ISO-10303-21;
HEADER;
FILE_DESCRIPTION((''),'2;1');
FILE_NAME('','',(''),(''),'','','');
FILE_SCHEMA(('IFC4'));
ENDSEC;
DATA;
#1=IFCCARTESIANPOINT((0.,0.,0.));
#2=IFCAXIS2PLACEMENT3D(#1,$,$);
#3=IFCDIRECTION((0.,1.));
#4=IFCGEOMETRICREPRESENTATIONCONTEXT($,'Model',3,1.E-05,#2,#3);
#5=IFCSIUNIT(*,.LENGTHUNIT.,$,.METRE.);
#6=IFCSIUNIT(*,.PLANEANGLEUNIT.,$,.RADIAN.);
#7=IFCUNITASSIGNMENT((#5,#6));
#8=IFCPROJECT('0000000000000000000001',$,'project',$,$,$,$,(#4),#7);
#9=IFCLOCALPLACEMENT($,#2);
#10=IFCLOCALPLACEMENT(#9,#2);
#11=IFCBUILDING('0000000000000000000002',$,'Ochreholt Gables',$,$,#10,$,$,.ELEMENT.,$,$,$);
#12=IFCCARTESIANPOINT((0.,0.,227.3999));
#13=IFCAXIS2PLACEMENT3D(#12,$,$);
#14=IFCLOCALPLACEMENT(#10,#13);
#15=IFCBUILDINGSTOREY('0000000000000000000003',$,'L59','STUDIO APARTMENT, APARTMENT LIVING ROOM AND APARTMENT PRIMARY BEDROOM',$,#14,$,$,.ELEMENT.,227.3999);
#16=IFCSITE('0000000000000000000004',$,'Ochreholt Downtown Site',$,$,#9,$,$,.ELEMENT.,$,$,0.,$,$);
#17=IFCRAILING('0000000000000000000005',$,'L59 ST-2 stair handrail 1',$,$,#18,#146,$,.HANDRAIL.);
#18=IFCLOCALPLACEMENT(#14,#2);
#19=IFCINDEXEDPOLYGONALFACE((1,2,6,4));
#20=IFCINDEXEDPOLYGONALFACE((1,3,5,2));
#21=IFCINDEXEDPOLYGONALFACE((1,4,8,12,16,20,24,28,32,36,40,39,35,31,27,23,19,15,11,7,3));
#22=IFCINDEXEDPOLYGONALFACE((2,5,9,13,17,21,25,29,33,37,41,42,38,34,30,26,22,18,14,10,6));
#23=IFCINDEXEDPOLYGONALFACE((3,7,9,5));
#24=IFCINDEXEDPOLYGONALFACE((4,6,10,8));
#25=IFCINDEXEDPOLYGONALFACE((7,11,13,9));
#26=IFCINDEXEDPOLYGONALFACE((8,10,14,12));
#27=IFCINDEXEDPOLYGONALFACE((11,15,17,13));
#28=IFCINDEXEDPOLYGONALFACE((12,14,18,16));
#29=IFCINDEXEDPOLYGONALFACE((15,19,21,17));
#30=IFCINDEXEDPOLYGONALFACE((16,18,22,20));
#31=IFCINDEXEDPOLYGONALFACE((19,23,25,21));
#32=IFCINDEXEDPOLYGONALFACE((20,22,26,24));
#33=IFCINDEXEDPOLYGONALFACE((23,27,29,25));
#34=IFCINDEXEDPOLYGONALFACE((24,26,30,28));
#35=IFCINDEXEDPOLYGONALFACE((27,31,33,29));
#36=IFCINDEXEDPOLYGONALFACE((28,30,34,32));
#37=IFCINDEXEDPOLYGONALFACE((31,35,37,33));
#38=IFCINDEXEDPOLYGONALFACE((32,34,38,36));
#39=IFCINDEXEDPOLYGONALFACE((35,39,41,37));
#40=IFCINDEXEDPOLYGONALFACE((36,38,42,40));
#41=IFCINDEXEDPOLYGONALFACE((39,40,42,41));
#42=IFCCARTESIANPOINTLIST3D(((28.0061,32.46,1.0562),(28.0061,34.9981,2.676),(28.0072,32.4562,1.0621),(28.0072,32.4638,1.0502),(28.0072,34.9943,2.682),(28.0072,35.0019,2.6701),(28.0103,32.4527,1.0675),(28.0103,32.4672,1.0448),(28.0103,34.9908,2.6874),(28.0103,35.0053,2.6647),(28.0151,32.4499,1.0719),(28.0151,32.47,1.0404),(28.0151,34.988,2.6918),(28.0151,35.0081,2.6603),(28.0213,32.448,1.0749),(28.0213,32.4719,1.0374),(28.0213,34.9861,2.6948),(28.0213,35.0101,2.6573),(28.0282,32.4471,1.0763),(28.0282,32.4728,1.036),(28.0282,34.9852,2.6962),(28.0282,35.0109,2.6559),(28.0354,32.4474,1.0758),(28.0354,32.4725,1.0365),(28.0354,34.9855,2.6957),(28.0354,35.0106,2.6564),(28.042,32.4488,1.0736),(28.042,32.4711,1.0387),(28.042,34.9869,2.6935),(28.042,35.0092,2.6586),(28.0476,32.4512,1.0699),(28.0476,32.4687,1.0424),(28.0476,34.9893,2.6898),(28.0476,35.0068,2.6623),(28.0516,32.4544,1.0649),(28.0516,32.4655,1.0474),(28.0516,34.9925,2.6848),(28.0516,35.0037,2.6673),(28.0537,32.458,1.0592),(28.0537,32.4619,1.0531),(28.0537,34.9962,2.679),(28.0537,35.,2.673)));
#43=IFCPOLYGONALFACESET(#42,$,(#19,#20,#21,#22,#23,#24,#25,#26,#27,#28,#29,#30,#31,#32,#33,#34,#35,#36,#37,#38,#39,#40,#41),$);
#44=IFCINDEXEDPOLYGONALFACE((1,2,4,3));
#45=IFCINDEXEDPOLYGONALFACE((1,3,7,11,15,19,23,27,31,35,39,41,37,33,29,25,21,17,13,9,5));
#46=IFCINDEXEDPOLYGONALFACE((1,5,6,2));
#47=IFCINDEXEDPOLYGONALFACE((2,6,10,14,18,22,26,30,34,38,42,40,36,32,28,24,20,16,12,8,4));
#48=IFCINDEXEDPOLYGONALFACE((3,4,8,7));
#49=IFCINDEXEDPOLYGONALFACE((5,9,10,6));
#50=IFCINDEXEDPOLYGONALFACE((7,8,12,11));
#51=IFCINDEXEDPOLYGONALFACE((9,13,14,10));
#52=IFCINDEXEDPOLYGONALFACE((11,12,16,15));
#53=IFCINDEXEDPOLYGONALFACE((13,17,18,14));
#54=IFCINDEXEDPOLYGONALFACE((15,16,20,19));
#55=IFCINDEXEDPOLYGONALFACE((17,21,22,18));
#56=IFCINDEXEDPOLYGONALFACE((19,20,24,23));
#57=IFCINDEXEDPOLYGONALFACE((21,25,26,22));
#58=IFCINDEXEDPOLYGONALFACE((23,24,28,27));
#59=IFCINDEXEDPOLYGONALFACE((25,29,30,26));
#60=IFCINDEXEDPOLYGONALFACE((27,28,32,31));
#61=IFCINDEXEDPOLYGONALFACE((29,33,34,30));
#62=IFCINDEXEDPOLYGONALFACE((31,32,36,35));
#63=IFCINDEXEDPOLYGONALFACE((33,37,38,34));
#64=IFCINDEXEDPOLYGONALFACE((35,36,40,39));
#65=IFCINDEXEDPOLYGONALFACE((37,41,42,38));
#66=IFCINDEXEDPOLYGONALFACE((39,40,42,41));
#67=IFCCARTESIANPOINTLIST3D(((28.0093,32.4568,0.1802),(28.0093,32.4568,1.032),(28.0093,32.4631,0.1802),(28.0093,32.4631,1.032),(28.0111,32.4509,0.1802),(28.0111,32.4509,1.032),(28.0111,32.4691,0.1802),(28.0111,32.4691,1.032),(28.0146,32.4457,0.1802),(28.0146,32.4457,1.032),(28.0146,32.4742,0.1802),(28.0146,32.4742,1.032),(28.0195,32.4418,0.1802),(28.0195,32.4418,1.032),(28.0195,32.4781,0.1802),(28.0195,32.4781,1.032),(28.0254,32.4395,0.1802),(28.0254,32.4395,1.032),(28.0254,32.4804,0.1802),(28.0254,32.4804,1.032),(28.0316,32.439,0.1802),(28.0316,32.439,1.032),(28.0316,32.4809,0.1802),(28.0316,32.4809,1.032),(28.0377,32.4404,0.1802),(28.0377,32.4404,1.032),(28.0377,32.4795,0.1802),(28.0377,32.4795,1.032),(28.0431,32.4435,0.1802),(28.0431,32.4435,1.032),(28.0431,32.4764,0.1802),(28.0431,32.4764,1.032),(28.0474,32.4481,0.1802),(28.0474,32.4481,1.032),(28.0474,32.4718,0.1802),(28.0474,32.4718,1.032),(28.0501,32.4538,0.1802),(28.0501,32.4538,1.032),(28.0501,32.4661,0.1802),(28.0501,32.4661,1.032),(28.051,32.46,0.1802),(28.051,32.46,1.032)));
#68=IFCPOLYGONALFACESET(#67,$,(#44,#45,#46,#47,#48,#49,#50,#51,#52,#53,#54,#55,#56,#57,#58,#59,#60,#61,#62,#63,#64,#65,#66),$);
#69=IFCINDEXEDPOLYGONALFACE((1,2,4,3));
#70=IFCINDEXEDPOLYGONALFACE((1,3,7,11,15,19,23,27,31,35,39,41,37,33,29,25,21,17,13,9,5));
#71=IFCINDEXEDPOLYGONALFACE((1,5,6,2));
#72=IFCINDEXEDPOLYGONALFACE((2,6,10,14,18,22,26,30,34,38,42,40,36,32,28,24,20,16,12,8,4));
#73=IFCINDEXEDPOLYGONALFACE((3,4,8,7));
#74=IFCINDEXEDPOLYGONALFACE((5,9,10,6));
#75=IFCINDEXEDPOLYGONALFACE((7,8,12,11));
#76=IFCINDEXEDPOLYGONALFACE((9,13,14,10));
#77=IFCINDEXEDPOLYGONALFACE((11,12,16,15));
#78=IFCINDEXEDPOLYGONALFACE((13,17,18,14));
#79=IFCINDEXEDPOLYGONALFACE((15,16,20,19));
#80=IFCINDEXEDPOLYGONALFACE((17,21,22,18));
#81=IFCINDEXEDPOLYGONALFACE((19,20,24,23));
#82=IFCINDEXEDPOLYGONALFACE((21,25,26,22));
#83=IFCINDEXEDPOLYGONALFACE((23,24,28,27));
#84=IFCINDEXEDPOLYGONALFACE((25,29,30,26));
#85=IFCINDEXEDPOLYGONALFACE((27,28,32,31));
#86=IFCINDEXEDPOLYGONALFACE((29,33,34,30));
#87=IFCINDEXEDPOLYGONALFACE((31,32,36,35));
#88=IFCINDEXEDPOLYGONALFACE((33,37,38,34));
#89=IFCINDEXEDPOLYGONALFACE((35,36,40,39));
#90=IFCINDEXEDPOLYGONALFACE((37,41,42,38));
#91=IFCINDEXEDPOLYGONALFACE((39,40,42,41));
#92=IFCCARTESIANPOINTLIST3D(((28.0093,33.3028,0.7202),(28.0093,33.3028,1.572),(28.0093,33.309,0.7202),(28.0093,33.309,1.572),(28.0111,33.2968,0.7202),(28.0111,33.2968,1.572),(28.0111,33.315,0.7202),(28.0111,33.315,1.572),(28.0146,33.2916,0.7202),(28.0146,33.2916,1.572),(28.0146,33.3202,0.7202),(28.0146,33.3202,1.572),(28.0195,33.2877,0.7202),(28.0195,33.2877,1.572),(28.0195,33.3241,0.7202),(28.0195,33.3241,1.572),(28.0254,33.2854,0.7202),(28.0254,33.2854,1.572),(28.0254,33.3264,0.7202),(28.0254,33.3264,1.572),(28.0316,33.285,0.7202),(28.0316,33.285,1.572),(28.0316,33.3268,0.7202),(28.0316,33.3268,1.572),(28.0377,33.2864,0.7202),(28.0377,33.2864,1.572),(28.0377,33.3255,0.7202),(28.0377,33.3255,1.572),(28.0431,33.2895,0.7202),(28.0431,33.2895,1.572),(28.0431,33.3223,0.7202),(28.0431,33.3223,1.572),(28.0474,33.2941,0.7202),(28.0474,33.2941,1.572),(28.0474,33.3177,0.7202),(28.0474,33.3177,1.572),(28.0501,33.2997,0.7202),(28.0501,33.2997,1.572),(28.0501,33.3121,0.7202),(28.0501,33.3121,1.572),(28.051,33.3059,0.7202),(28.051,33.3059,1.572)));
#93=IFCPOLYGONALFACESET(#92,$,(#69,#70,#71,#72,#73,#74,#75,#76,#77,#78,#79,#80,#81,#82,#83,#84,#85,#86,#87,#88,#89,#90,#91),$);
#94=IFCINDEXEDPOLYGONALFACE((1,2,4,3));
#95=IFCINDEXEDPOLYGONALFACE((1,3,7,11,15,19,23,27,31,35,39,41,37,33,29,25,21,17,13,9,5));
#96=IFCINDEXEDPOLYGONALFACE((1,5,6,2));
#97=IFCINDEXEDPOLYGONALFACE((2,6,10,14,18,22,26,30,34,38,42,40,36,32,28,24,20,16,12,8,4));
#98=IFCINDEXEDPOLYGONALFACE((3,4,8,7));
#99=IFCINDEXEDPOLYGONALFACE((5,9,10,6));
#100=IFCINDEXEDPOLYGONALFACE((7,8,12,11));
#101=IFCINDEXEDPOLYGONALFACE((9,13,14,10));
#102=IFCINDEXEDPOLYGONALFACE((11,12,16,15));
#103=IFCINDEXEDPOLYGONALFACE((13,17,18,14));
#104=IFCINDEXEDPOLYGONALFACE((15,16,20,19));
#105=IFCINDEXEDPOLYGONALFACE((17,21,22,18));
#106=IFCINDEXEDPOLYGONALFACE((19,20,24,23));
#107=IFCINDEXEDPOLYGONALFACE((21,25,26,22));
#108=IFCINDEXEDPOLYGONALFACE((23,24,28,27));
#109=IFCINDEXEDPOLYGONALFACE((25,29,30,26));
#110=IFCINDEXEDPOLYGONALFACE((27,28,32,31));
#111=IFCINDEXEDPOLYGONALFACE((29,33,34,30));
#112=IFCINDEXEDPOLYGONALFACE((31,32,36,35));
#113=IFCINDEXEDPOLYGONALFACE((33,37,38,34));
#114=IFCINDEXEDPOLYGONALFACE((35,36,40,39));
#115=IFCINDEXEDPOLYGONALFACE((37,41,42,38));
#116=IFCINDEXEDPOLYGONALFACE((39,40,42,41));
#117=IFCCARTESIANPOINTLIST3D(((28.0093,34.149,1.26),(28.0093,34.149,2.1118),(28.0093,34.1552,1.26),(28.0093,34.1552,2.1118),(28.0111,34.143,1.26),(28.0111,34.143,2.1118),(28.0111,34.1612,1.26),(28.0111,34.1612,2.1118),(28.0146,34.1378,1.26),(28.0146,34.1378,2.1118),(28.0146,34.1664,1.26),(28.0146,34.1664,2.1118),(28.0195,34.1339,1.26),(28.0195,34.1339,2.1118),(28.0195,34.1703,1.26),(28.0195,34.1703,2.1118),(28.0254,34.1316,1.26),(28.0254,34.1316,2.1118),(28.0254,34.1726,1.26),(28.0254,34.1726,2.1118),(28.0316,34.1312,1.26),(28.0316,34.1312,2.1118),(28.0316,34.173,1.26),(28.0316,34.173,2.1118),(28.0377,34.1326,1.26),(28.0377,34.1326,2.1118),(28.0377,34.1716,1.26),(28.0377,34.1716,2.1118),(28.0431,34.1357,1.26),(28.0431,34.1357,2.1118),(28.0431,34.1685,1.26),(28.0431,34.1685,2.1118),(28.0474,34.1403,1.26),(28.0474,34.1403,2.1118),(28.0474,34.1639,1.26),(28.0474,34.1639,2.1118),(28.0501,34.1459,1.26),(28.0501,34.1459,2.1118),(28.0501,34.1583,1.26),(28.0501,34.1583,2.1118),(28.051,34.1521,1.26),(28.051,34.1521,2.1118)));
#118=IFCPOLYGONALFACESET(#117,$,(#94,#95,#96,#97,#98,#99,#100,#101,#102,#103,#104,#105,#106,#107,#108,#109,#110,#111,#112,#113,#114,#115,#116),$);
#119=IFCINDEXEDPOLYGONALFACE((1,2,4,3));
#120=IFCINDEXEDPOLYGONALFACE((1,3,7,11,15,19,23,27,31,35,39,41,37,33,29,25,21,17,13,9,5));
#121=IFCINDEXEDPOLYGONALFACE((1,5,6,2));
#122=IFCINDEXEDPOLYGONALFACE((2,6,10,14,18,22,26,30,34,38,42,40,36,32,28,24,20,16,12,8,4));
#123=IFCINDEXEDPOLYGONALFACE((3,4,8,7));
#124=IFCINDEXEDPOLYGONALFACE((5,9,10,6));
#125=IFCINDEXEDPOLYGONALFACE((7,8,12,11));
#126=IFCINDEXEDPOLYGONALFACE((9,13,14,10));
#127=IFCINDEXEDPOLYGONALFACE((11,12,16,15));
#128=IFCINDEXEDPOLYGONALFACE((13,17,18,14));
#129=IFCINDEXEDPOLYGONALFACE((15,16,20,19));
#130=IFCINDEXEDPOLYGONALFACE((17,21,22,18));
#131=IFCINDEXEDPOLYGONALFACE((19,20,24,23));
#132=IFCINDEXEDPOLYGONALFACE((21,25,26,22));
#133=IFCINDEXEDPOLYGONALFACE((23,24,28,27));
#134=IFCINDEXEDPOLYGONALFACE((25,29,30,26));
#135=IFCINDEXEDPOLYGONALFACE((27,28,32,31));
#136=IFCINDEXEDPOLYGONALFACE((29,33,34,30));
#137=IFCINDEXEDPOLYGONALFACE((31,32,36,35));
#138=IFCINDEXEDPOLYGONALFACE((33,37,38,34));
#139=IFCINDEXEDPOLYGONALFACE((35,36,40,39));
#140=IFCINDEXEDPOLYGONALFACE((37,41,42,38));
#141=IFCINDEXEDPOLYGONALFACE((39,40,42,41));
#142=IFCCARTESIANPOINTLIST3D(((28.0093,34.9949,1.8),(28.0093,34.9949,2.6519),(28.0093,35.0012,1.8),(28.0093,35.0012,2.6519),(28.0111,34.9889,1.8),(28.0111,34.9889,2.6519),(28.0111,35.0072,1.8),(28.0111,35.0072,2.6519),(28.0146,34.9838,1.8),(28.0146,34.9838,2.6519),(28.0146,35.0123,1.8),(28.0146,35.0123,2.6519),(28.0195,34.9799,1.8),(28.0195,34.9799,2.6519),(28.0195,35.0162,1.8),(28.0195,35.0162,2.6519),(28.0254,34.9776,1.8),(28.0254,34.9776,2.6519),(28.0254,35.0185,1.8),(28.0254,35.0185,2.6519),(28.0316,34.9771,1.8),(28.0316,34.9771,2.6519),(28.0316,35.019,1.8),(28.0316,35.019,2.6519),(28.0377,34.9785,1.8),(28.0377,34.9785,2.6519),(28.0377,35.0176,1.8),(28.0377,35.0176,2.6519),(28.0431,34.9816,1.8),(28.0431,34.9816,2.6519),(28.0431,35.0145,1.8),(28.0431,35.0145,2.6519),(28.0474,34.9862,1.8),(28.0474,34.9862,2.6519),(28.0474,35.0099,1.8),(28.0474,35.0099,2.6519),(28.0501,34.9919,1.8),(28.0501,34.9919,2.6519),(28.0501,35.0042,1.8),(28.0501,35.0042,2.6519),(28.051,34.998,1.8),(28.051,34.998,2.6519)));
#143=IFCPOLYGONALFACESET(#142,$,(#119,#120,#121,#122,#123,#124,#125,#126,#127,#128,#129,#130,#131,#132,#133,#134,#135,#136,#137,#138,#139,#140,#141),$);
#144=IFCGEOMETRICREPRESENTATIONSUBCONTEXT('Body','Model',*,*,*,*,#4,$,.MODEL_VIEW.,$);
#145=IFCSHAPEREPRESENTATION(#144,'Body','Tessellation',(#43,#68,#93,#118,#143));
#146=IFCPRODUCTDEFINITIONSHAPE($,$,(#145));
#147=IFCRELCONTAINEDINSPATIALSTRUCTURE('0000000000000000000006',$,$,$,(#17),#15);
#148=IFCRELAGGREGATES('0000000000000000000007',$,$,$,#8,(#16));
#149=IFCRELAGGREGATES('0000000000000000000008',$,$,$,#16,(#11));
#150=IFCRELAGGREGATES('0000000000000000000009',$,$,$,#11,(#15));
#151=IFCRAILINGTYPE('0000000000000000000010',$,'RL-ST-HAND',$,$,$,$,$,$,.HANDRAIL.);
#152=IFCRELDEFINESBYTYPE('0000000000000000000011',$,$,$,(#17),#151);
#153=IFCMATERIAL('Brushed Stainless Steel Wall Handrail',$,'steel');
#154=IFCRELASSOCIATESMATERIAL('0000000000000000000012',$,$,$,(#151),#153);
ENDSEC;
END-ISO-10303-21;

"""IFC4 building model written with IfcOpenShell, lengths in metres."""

from ifc_helpers import new_model, si_unit, direction, frame, origin, origin_2d, place, context, subcontext, project, spatial, circle, extrude, material, type_object, element, save


model = new_model("IFC4")

# Units and contexts
model_context = context("Model", 3, precision=1e-05, world=origin(), true_north=direction((0.0, 1.0)))
body_context = subcontext(model_context, "Body", "Model", "MODEL_VIEW")
ifc_project = project(units=[si_unit("LENGTHUNIT", "METRE"), si_unit("PLANEANGLEUNIT", "RADIAN")], contexts=[model_context])

# Site, building, storey
site_placement = place(None, origin())
site = spatial("IfcSite", under=ifc_project, at=site_placement, Name="Ochreholt Downtown Site", CompositionType="ELEMENT", RefElevation=0.0)
building_placement = place(site_placement, origin())
building = spatial("IfcBuilding", under=site, at=building_placement, Name="Ochreholt Gables", CompositionType="ELEMENT")
storey_placement = place(building_placement, frame((0.0, 0.0, 227.3999)))
storey = spatial("IfcBuildingStorey", under=building, at=storey_placement, Name="L59", Description="STUDIO APARTMENT, APARTMENT LIVING ROOM AND APARTMENT PRIMARY BEDROOM", CompositionType="ELEMENT", Elevation=227.3999)

# Railing
ifc_material_1 = material(Name="Brushed Stainless Steel Wall Handrail", Category="steel")
railing_type_1 = type_object("IfcRailingType", Name="RL-ST-HAND", PredefinedType="HANDRAIL", material=ifc_material_1)
railing_1_placement = place(storey_placement, frame((28.03, 32.46, 0.1802)))
element("IfcRailing", 1, at=railing_1_placement, inside=storey, type_object=railing_type_1, Name="L59 ST-2 stair handrail 1", PredefinedType="HANDRAIL", context=body_context, shape_type="SweptSolid", body=[
    extrude(circle(Radius=0.0239, at=origin_2d()), frame((0.0, 0.0, 0.876), z_axis=(0.0, 0.84295, 0.537993), x_axis=(-1.0, 0.0, 0.0)), (0.0, 0.0, 1.0), 3.011),
    extrude(circle(Radius=0.021, at=origin_2d()), origin(), (0.0, 0.0, 1.0), 0.8518),
    extrude(circle(Radius=0.021, at=origin_2d()), frame((0.0, 0.8459, 0.54)), (0.0, 0.0, 1.0), 0.8518),
    extrude(circle(Radius=0.021, at=origin_2d()), frame((0.0, 1.6921, 1.0798)), (0.0, 0.0, 1.0), 0.8518),
    extrude(circle(Radius=0.021, at=origin_2d()), frame((0.0, 2.5381, 1.6199)), (0.0, 0.0, 1.0), 0.8518),
])

save(model, "model.ifc")
